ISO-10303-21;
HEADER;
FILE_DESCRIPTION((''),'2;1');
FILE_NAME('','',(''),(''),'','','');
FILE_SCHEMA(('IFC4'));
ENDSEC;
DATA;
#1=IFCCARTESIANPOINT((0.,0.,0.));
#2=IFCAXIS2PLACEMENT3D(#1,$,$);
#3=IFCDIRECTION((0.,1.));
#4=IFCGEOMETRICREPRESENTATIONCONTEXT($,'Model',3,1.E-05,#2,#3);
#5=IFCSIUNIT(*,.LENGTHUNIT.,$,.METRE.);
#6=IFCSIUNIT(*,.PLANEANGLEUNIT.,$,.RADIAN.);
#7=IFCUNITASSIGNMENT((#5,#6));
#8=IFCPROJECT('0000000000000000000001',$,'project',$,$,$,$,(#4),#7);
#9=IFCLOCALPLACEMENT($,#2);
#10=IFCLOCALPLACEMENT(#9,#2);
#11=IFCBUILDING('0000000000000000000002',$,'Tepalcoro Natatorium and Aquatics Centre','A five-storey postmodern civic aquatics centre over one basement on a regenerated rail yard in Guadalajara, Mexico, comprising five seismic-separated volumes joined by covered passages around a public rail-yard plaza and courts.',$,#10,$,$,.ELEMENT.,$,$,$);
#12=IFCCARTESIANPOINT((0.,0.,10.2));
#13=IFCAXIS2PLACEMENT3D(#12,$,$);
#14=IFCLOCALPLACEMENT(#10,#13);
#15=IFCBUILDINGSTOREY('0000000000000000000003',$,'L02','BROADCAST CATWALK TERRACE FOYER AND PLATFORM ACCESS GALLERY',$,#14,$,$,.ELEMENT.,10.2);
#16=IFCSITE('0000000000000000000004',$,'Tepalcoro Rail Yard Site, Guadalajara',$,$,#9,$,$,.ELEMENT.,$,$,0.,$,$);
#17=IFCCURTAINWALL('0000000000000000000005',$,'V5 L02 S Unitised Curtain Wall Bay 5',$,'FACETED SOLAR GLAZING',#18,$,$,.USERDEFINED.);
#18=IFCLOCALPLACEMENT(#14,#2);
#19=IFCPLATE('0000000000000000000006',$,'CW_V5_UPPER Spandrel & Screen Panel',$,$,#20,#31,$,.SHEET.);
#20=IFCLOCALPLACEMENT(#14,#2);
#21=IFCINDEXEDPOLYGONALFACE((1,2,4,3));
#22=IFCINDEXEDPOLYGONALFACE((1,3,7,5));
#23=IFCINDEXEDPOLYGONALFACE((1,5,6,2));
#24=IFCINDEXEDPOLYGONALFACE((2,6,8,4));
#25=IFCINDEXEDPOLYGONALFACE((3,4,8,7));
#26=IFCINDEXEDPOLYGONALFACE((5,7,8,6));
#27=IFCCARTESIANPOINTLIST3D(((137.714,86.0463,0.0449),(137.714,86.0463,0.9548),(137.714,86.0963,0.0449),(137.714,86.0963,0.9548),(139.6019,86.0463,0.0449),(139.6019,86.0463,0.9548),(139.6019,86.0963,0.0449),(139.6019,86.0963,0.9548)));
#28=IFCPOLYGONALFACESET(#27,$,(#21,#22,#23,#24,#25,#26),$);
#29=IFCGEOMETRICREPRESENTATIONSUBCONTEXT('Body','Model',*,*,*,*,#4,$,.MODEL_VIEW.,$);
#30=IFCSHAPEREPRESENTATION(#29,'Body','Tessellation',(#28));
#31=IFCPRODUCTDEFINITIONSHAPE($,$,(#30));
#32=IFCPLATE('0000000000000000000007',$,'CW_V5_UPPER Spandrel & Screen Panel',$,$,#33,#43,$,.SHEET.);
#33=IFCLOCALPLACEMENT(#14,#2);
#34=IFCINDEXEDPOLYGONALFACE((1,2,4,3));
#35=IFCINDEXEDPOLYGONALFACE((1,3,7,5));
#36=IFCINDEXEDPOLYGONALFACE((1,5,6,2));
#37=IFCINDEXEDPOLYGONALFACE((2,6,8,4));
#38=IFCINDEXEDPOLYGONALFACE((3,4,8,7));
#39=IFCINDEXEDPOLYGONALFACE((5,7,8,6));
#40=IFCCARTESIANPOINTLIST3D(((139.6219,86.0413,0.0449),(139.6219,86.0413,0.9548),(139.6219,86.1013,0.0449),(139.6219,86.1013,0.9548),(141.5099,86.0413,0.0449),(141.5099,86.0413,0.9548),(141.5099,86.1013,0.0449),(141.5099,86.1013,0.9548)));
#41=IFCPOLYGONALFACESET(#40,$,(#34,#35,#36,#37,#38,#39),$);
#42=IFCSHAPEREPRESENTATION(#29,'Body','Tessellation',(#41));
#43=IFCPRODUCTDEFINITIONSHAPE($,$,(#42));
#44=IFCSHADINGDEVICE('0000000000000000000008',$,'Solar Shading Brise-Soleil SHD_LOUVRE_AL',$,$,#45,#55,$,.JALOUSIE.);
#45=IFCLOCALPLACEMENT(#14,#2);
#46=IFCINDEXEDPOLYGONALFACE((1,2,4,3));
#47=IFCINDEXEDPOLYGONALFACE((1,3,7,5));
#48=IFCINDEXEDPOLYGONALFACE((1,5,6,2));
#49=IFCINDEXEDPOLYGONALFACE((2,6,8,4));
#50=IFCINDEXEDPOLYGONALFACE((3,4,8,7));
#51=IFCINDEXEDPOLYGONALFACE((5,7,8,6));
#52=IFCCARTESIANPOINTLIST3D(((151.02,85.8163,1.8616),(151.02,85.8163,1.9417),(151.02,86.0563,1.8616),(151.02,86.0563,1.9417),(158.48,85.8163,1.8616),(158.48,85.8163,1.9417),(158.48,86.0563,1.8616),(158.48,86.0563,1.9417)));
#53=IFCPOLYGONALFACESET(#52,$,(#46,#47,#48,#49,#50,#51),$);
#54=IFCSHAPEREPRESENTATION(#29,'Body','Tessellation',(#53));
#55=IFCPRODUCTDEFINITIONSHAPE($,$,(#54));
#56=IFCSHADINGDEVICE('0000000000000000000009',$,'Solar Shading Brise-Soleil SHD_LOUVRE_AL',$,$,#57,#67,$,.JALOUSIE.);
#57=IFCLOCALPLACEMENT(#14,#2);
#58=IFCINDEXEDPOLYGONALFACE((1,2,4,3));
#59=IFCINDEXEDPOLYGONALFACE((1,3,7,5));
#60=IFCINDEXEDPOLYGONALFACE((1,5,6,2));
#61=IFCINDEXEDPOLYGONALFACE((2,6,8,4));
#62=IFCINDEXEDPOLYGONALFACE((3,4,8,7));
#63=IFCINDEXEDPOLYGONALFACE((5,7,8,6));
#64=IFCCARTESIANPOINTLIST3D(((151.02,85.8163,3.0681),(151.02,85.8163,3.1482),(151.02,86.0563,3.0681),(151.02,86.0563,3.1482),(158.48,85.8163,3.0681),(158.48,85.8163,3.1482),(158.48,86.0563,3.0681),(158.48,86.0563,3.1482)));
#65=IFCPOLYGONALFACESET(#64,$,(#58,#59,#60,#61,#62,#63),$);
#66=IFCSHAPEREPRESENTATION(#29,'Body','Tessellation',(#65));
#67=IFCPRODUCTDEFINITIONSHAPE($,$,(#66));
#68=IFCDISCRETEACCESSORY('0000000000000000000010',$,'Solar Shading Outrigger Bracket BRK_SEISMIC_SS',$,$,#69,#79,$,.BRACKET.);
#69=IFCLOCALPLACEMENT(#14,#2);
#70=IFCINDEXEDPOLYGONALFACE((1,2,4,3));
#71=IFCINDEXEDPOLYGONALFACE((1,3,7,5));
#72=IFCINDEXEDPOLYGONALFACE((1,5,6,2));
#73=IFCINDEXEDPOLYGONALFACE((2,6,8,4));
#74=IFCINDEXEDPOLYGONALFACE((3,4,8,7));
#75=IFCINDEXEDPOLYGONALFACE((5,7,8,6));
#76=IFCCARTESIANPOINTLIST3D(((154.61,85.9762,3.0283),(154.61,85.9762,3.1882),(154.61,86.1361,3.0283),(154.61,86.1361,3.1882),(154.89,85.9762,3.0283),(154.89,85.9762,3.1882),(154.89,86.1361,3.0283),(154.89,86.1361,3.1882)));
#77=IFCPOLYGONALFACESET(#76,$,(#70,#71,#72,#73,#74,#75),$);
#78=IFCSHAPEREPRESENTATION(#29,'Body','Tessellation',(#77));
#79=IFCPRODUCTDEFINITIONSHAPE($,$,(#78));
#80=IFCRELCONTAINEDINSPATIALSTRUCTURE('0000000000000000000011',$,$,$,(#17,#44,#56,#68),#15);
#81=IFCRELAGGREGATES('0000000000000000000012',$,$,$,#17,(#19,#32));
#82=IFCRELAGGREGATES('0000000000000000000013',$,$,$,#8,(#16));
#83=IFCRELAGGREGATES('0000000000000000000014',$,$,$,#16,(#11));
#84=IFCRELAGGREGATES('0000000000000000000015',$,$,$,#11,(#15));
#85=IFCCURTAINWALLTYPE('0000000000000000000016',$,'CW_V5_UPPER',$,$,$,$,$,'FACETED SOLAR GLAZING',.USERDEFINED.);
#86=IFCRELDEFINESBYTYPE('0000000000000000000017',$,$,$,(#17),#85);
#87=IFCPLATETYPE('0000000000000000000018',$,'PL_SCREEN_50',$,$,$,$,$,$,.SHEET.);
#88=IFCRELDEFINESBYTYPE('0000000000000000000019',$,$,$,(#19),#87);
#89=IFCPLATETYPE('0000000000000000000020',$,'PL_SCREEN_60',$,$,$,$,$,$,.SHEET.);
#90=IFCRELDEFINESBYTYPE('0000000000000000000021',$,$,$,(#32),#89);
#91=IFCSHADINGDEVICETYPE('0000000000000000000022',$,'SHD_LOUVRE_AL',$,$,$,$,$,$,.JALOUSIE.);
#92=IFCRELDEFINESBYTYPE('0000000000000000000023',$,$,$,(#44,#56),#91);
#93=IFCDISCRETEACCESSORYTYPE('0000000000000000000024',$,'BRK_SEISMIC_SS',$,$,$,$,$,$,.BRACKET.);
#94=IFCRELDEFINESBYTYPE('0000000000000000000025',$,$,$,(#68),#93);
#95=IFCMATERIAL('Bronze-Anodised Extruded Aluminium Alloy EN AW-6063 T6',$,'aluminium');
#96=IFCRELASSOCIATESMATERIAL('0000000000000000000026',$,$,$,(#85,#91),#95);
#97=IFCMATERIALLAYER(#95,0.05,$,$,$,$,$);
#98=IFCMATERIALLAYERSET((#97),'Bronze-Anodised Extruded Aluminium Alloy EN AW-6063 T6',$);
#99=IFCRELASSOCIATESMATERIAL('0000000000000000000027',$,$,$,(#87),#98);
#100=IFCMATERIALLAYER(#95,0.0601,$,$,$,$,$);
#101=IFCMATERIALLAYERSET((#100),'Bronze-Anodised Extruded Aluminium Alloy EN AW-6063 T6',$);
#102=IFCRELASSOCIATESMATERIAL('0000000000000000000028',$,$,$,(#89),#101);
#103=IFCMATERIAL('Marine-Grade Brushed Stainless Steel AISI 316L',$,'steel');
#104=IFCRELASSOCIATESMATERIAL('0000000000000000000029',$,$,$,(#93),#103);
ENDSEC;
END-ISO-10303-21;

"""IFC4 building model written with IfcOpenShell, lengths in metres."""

from ifc_helpers import new_model, si_unit, direction, frame, origin, origin_2d, place, context, subcontext, project, spatial, rectangle, extrude, material, layer, layer_set, type_object, element, aggregate, save


model = new_model("IFC4")

# Units and contexts
model_context = context("Model", 3, precision=1e-05, world=origin(), true_north=direction((0.0, 1.0)))
body_context = subcontext(model_context, "Body", "Model", "MODEL_VIEW")
ifc_project = project(units=[si_unit("LENGTHUNIT", "METRE"), si_unit("PLANEANGLEUNIT", "RADIAN")], contexts=[model_context])

# Site, building, storey
site_placement = place(None, origin())
site = spatial("IfcSite", under=ifc_project, at=site_placement, Name="Tepalcoro Rail Yard Site, Guadalajara", CompositionType="ELEMENT", RefElevation=0.0)
building_placement = place(site_placement, origin())
building = spatial("IfcBuilding", under=site, at=building_placement, Name="Tepalcoro Natatorium and Aquatics Centre", Description="A five-storey postmodern civic aquatics centre over one basement on a regenerated rail yard in Guadalajara, Mexico, comprising five seismic-separated volumes joined by covered passages around a public rail-yard plaza and courts.", CompositionType="ELEMENT")
storey_placement = place(building_placement, frame((0.0, 0.0, 10.2)))
storey = spatial("IfcBuildingStorey", under=building, at=storey_placement, Name="L02", Description="BROADCAST CATWALK TERRACE FOYER AND PLATFORM ACCESS GALLERY", CompositionType="ELEMENT", Elevation=10.2)

# Curtain wall
ifc_material_1 = material(Name="Bronze-Anodised Extruded Aluminium Alloy EN AW-6063 T6", Category="aluminium")
curtain_wall_type_1 = type_object("IfcCurtainWallType", Name="CW_V5_UPPER", ElementType="FACETED SOLAR GLAZING", PredefinedType="USERDEFINED", material=ifc_material_1)
curtain_wall_1_placement = place(storey_placement, origin())
curtain_wall_1 = element("IfcCurtainWall", 1, at=curtain_wall_1_placement, inside=storey, type_object=curtain_wall_type_1, Name="V5 L02 S Unitised Curtain Wall Bay 5", ObjectType="FACETED SOLAR GLAZING", PredefinedType="USERDEFINED")

# Plates
ifc_layer_1 = layer(ifc_material_1, 0.05)
ifc_layer_set_1 = layer_set([ifc_layer_1], Name="Bronze-Anodised Extruded Aluminium Alloy EN AW-6063 T6")
plate_type_1 = type_object("IfcPlateType", Name="PL_SCREEN_50", PredefinedType="SHEET", material=ifc_layer_set_1)
plate_1_placement = place(storey_placement, frame((138.658, 86.0713, 0.0449), z_axis=(0.0, 0.0, 1.0), x_axis=(1.0, 0.0, 0.0)))
plate_1 = element("IfcPlate", 2, at=plate_1_placement, type_object=plate_type_1, Name="CW_V5_UPPER Spandrel & Screen Panel", PredefinedType="SHEET", context=body_context, shape_type="SweptSolid", body=[
    extrude(rectangle(XDim=1.8879, YDim=0.05, at=origin_2d()), origin(), (0.0, 0.0, 1.0), 0.9099),
])
ifc_layer_2 = layer(ifc_material_1, 0.0601)
ifc_layer_set_2 = layer_set([ifc_layer_2], Name="Bronze-Anodised Extruded Aluminium Alloy EN AW-6063 T6")
plate_type_2 = type_object("IfcPlateType", Name="PL_SCREEN_60", PredefinedType="SHEET", material=ifc_layer_set_2)
plate_2_placement = place(storey_placement, frame((140.5659, 86.0713, 0.0449), z_axis=(0.0, 0.0, 1.0), x_axis=(1.0, 0.0, 0.0)))
plate_2 = element("IfcPlate", 3, at=plate_2_placement, type_object=plate_type_2, Name="CW_V5_UPPER Spandrel & Screen Panel", PredefinedType="SHEET", context=body_context, shape_type="SweptSolid", body=[
    extrude(rectangle(XDim=1.8879, YDim=0.0601, at=origin_2d()), origin(), (0.0, 0.0, 1.0), 0.9099),
])
aggregate(curtain_wall_1, [plate_1, plate_2])

# Shading devices
shading_device_type = type_object("IfcShadingDeviceType", Name="SHD_LOUVRE_AL", PredefinedType="JALOUSIE", material=ifc_material_1)
for number, where, z_axis, x_axis, name in (
    (4, (154.75, 85.9363, 1.8616), (0.0, 0.0, 1.0), (1.0, 0.0, 0.0), "Solar Shading Brise-Soleil SHD_LOUVRE_AL"),
    (5, (154.75, 85.9363, 3.0681), (0.0, 0.0, 1.0), (1.0, 0.0, 0.0), "Solar Shading Brise-Soleil SHD_LOUVRE_AL"),
):
    element("IfcShadingDevice", number, at=place(storey_placement, frame(where, z_axis=z_axis, x_axis=x_axis)), inside=storey, type_object=shading_device_type, Name=name, PredefinedType="JALOUSIE", context=body_context, shape_type="SweptSolid", body=[
        extrude(rectangle(XDim=7.46, YDim=0.24, at=origin_2d()), origin(), (0.0, 0.0, 1.0), 0.0801),
    ])

# Discrete accessory
ifc_material_2 = material(Name="Marine-Grade Brushed Stainless Steel AISI 316L", Category="steel")
discrete_accessory_type = type_object("IfcDiscreteAccessoryType", Name="BRK_SEISMIC_SS", PredefinedType="BRACKET", material=ifc_material_2)
discrete_accessory_placement = place(storey_placement, frame((154.75, 86.0562, 3.0283), z_axis=(0.0, 0.0, 1.0), x_axis=(1.0, 0.0, 0.0)))
element("IfcDiscreteAccessory", 6, at=discrete_accessory_placement, inside=storey, type_object=discrete_accessory_type, Name="Solar Shading Outrigger Bracket BRK_SEISMIC_SS", PredefinedType="BRACKET", context=body_context, shape_type="SweptSolid", body=[
    extrude(rectangle(XDim=0.28, YDim=0.1599, at=origin_2d()), origin(), (0.0, 0.0, 1.0), 0.1599),
])

save(model, "model.ifc")
